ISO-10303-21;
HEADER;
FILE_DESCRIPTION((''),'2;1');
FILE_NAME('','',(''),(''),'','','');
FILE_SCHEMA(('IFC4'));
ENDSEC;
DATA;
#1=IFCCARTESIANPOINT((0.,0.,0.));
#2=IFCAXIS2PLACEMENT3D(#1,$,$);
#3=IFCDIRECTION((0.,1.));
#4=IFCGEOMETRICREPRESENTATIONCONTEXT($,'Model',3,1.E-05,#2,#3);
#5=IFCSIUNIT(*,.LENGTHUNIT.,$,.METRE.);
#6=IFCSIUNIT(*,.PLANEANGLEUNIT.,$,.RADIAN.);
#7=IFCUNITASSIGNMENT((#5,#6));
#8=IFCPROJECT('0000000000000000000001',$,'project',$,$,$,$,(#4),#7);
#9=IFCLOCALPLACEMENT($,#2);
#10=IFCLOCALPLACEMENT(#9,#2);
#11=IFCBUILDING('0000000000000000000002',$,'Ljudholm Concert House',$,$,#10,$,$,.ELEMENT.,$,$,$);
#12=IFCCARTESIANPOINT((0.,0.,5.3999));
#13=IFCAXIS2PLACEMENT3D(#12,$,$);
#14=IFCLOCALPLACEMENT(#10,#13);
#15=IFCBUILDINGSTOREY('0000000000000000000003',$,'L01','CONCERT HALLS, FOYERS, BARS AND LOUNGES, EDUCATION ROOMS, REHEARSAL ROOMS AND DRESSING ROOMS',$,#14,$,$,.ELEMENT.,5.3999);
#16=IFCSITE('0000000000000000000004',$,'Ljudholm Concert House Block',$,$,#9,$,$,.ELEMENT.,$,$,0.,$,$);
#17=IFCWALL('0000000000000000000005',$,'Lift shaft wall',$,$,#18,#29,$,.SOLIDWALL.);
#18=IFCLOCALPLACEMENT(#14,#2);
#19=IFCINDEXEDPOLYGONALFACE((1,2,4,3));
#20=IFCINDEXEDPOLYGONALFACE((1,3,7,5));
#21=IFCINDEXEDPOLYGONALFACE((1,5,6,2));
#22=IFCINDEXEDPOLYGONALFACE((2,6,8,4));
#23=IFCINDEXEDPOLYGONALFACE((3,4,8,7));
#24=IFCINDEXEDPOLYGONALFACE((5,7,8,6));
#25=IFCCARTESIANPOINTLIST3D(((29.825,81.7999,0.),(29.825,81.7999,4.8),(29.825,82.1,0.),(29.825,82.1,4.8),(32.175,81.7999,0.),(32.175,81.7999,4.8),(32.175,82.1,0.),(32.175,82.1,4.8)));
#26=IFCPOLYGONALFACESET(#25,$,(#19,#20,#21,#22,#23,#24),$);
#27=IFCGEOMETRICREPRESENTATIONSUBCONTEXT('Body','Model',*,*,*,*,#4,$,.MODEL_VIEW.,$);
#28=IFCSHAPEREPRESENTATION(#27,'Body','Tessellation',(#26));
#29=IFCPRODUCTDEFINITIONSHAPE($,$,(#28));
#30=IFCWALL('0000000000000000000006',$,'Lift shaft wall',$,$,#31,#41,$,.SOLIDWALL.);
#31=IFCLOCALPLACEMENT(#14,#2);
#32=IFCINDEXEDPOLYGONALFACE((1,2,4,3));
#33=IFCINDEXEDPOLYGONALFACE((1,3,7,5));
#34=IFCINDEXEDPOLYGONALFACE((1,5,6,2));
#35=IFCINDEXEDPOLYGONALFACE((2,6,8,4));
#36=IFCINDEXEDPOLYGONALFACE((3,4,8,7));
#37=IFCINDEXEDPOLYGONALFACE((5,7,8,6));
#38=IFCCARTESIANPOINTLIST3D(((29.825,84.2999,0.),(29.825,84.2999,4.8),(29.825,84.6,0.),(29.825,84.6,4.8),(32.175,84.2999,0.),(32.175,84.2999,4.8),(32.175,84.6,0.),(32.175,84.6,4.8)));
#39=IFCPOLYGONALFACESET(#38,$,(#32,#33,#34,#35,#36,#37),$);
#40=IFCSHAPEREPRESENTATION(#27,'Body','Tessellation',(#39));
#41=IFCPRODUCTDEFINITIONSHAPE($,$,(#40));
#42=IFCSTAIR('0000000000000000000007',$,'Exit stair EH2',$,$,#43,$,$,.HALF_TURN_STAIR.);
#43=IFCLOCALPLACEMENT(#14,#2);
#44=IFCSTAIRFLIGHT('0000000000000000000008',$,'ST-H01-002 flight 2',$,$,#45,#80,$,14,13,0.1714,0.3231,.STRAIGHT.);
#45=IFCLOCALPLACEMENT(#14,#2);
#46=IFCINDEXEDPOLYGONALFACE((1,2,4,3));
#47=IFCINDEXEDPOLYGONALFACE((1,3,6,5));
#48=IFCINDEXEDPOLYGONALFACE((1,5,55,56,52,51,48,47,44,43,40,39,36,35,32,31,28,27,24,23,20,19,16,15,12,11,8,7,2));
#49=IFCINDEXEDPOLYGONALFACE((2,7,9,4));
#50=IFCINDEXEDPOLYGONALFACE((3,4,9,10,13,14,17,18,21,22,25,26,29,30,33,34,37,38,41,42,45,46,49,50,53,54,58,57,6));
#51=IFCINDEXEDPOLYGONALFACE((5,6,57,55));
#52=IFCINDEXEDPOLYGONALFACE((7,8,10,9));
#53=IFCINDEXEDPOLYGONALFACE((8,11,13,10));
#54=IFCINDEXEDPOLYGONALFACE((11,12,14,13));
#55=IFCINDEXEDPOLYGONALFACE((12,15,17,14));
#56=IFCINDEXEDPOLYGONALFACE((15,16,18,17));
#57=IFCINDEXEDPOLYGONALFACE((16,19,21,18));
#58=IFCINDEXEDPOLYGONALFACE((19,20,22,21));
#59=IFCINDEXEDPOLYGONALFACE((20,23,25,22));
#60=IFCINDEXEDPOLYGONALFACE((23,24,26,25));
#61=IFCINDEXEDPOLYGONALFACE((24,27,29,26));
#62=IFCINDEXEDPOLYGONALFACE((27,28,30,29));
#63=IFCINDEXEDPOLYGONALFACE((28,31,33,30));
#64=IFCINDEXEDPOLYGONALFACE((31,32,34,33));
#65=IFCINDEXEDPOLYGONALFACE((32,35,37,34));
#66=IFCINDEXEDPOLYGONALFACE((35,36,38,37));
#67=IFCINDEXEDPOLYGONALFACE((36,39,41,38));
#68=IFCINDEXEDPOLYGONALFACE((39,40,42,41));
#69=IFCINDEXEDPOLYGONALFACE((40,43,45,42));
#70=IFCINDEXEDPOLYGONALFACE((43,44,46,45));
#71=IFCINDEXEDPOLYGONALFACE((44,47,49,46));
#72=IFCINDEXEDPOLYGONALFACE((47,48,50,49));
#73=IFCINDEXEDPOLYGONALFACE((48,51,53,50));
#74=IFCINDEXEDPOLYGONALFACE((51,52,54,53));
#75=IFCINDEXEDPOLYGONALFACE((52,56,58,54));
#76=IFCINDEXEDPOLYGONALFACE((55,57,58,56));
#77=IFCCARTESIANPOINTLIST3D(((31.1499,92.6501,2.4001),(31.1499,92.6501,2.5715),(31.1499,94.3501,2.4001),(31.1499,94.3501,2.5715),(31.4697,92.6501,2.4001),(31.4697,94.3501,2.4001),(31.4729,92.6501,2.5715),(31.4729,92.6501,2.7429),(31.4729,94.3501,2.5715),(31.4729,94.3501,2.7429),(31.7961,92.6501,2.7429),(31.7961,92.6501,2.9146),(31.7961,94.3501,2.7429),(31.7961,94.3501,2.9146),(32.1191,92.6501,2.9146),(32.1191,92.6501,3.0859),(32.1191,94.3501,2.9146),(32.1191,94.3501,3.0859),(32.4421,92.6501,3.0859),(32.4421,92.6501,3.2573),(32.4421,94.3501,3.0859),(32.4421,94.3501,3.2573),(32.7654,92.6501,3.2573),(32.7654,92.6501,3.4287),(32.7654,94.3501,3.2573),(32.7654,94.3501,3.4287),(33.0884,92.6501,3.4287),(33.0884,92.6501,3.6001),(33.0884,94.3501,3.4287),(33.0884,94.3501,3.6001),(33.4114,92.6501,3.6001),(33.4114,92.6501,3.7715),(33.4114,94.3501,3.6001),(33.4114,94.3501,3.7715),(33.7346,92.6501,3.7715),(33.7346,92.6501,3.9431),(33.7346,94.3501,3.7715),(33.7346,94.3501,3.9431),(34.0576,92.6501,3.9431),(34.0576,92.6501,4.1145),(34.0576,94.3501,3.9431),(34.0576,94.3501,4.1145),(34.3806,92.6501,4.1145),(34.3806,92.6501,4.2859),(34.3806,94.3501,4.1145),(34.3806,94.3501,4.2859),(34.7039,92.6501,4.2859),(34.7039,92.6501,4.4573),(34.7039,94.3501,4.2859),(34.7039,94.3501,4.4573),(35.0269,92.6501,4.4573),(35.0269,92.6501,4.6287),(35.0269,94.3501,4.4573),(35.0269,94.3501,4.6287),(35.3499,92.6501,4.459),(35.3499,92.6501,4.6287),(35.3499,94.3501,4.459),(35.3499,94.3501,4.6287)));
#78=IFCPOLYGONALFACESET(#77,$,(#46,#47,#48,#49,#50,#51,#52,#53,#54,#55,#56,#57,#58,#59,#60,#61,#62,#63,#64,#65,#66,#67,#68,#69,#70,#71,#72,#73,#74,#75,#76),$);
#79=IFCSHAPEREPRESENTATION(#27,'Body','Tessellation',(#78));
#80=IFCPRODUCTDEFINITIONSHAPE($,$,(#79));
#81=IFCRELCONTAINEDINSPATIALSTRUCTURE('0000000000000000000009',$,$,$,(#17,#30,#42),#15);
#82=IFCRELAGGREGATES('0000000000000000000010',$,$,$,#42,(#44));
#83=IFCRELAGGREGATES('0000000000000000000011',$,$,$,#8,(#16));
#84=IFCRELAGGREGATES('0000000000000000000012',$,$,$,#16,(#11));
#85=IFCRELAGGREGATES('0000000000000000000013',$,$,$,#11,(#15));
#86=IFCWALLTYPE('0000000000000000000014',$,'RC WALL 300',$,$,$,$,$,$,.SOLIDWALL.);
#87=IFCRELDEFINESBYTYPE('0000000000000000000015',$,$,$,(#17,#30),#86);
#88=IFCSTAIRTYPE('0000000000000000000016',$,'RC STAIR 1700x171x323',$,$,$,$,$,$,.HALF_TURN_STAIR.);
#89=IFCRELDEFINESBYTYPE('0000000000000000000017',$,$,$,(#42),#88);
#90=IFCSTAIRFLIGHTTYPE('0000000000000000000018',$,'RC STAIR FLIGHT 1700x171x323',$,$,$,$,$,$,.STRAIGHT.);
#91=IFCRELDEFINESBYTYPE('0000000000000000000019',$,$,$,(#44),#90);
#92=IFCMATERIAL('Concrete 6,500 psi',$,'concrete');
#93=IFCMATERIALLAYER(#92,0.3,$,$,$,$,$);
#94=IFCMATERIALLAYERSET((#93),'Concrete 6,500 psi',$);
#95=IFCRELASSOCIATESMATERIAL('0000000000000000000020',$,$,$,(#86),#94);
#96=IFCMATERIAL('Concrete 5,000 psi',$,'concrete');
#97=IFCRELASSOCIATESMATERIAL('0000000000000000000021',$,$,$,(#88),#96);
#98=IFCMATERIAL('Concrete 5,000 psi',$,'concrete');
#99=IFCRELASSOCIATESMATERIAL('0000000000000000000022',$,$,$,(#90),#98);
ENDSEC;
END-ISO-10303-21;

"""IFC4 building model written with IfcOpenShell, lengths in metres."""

from ifc_helpers import new_model, si_unit, direction, frame, frame_2d, origin, place, context, subcontext, project, spatial, polyline, rectangle, outline, extrude, material, layer, layer_set, type_object, element, aggregate, save


model = new_model("IFC4")

# Units and contexts
model_context = context("Model", 3, precision=1e-05, world=origin(), true_north=direction((0.0, 1.0)))
body_context = subcontext(model_context, "Body", "Model", "MODEL_VIEW")
ifc_project = project(units=[si_unit("LENGTHUNIT", "METRE"), si_unit("PLANEANGLEUNIT", "RADIAN")], contexts=[model_context])

# Site, building, storey
site_placement = place(None, origin())
site = spatial("IfcSite", under=ifc_project, at=site_placement, Name="Ljudholm Concert House Block", CompositionType="ELEMENT", RefElevation=0.0)
building_placement = place(site_placement, origin())
building = spatial("IfcBuilding", under=site, at=building_placement, Name="Ljudholm Concert House", CompositionType="ELEMENT")
storey_placement = place(building_placement, frame((0.0, 0.0, 5.3999)))
storey = spatial("IfcBuildingStorey", under=building, at=storey_placement, Name="L01", Description="CONCERT HALLS, FOYERS, BARS AND LOUNGES, EDUCATION ROOMS, REHEARSAL ROOMS AND DRESSING ROOMS", CompositionType="ELEMENT", Elevation=5.3999)

# Shared definitions
ifc_material_1 = material(Name="Concrete 6,500 psi", Category="concrete")
ifc_layer_1 = layer(ifc_material_1, 0.3)
ifc_layer_set_1 = layer_set([ifc_layer_1], Name="Concrete 6,500 psi")
wall_type_1 = type_object("IfcWallType", Name="RC WALL 300", PredefinedType="SOLIDWALL", material=ifc_layer_set_1)

# Walls
for number, where, z_axis, x_axis, name in (
    (1, (29.825, 81.95, 0.0), (0.0, 0.0, 1.0), (1.0, 0.0, 0.0), "Lift shaft wall"),
    (2, (29.825, 84.45, 0.0), (0.0, 0.0, 1.0), (1.0, 0.0, 0.0), "Lift shaft wall"),
):
    element("IfcWall", number, at=place(storey_placement, frame(where, z_axis=z_axis, x_axis=x_axis)), inside=storey, type_object=wall_type_1, Name=name, PredefinedType="SOLIDWALL", context=body_context, shape_type="SweptSolid", body=[
        extrude(rectangle(XDim=2.3501, YDim=0.3, at=frame_2d((1.175, 0.0))), origin(), (0.0, 0.0, 1.0), 4.8),
    ])

# Stair, stair flight
ifc_material_2 = material(Name="Concrete 5,000 psi", Category="concrete")
stair_type = type_object("IfcStairType", Name="RC STAIR 1700x171x323", PredefinedType="HALF_TURN_STAIR", material=ifc_material_2)
stair_placement = place(storey_placement, origin())
stair = element("IfcStair", 3, at=stair_placement, inside=storey, type_object=stair_type, Name="Exit stair EH2", PredefinedType="HALF_TURN_STAIR")
ifc_material_3 = material(Name="Concrete 5,000 psi", Category="concrete")
stair_flight_type = type_object("IfcStairFlightType", Name="RC STAIR FLIGHT 1700x171x323", PredefinedType="STRAIGHT", material=ifc_material_3)
stair_flight_placement = place(storey_placement, frame((31.1499, 93.5, 2.4001), z_axis=(0.0, 0.0, 1.0), x_axis=(1.0, 0.0, 0.0)))
stair_flight = element("IfcStairFlight", 4, at=stair_flight_placement, type_object=stair_flight_type, Name="ST-H01-002 flight 2", NumberOfRisers=14, NumberOfTreads=13, PredefinedType="STRAIGHT", RiserHeight=0.1714, TreadLength=0.3231, context=body_context, shape_type="SweptSolid", body=[
    extrude(outline(polyline([(0.0, 0.0), (0.0, 0.1714), (0.323, 0.1714), (0.323, 0.3428), (0.6462, 0.3428), (0.6462, 0.5144), (0.9692, 0.5144), (0.9692, 0.6858), (1.2922, 0.6858), (1.2922, 0.8572), (1.6155, 0.8572), (1.6155, 1.0286), (1.9385, 1.0286), (1.9385, 1.2), (2.2615, 1.2), (2.2615, 1.3713), (2.5847, 1.3713), (2.5847, 1.543), (2.9077, 1.543), (2.9077, 1.7144), (3.2307, 1.7144), (3.2307, 1.8857), (3.554, 1.8857), (3.554, 2.0571), (3.877, 2.0571), (3.877, 2.2285), (4.2, 2.2285), (4.2, 2.3999), (4.2, 2.0588), (0.3198, 0.0), (0.0, 0.0)])), frame((0.0, 0.8501, 0.0), z_axis=(0.0, -1.0, 0.0), x_axis=(1.0, 0.0, 0.0)), (0.0, 0.0, 1.0), 1.7),
])
aggregate(stair, [stair_flight])

save(model, "model.ifc")
